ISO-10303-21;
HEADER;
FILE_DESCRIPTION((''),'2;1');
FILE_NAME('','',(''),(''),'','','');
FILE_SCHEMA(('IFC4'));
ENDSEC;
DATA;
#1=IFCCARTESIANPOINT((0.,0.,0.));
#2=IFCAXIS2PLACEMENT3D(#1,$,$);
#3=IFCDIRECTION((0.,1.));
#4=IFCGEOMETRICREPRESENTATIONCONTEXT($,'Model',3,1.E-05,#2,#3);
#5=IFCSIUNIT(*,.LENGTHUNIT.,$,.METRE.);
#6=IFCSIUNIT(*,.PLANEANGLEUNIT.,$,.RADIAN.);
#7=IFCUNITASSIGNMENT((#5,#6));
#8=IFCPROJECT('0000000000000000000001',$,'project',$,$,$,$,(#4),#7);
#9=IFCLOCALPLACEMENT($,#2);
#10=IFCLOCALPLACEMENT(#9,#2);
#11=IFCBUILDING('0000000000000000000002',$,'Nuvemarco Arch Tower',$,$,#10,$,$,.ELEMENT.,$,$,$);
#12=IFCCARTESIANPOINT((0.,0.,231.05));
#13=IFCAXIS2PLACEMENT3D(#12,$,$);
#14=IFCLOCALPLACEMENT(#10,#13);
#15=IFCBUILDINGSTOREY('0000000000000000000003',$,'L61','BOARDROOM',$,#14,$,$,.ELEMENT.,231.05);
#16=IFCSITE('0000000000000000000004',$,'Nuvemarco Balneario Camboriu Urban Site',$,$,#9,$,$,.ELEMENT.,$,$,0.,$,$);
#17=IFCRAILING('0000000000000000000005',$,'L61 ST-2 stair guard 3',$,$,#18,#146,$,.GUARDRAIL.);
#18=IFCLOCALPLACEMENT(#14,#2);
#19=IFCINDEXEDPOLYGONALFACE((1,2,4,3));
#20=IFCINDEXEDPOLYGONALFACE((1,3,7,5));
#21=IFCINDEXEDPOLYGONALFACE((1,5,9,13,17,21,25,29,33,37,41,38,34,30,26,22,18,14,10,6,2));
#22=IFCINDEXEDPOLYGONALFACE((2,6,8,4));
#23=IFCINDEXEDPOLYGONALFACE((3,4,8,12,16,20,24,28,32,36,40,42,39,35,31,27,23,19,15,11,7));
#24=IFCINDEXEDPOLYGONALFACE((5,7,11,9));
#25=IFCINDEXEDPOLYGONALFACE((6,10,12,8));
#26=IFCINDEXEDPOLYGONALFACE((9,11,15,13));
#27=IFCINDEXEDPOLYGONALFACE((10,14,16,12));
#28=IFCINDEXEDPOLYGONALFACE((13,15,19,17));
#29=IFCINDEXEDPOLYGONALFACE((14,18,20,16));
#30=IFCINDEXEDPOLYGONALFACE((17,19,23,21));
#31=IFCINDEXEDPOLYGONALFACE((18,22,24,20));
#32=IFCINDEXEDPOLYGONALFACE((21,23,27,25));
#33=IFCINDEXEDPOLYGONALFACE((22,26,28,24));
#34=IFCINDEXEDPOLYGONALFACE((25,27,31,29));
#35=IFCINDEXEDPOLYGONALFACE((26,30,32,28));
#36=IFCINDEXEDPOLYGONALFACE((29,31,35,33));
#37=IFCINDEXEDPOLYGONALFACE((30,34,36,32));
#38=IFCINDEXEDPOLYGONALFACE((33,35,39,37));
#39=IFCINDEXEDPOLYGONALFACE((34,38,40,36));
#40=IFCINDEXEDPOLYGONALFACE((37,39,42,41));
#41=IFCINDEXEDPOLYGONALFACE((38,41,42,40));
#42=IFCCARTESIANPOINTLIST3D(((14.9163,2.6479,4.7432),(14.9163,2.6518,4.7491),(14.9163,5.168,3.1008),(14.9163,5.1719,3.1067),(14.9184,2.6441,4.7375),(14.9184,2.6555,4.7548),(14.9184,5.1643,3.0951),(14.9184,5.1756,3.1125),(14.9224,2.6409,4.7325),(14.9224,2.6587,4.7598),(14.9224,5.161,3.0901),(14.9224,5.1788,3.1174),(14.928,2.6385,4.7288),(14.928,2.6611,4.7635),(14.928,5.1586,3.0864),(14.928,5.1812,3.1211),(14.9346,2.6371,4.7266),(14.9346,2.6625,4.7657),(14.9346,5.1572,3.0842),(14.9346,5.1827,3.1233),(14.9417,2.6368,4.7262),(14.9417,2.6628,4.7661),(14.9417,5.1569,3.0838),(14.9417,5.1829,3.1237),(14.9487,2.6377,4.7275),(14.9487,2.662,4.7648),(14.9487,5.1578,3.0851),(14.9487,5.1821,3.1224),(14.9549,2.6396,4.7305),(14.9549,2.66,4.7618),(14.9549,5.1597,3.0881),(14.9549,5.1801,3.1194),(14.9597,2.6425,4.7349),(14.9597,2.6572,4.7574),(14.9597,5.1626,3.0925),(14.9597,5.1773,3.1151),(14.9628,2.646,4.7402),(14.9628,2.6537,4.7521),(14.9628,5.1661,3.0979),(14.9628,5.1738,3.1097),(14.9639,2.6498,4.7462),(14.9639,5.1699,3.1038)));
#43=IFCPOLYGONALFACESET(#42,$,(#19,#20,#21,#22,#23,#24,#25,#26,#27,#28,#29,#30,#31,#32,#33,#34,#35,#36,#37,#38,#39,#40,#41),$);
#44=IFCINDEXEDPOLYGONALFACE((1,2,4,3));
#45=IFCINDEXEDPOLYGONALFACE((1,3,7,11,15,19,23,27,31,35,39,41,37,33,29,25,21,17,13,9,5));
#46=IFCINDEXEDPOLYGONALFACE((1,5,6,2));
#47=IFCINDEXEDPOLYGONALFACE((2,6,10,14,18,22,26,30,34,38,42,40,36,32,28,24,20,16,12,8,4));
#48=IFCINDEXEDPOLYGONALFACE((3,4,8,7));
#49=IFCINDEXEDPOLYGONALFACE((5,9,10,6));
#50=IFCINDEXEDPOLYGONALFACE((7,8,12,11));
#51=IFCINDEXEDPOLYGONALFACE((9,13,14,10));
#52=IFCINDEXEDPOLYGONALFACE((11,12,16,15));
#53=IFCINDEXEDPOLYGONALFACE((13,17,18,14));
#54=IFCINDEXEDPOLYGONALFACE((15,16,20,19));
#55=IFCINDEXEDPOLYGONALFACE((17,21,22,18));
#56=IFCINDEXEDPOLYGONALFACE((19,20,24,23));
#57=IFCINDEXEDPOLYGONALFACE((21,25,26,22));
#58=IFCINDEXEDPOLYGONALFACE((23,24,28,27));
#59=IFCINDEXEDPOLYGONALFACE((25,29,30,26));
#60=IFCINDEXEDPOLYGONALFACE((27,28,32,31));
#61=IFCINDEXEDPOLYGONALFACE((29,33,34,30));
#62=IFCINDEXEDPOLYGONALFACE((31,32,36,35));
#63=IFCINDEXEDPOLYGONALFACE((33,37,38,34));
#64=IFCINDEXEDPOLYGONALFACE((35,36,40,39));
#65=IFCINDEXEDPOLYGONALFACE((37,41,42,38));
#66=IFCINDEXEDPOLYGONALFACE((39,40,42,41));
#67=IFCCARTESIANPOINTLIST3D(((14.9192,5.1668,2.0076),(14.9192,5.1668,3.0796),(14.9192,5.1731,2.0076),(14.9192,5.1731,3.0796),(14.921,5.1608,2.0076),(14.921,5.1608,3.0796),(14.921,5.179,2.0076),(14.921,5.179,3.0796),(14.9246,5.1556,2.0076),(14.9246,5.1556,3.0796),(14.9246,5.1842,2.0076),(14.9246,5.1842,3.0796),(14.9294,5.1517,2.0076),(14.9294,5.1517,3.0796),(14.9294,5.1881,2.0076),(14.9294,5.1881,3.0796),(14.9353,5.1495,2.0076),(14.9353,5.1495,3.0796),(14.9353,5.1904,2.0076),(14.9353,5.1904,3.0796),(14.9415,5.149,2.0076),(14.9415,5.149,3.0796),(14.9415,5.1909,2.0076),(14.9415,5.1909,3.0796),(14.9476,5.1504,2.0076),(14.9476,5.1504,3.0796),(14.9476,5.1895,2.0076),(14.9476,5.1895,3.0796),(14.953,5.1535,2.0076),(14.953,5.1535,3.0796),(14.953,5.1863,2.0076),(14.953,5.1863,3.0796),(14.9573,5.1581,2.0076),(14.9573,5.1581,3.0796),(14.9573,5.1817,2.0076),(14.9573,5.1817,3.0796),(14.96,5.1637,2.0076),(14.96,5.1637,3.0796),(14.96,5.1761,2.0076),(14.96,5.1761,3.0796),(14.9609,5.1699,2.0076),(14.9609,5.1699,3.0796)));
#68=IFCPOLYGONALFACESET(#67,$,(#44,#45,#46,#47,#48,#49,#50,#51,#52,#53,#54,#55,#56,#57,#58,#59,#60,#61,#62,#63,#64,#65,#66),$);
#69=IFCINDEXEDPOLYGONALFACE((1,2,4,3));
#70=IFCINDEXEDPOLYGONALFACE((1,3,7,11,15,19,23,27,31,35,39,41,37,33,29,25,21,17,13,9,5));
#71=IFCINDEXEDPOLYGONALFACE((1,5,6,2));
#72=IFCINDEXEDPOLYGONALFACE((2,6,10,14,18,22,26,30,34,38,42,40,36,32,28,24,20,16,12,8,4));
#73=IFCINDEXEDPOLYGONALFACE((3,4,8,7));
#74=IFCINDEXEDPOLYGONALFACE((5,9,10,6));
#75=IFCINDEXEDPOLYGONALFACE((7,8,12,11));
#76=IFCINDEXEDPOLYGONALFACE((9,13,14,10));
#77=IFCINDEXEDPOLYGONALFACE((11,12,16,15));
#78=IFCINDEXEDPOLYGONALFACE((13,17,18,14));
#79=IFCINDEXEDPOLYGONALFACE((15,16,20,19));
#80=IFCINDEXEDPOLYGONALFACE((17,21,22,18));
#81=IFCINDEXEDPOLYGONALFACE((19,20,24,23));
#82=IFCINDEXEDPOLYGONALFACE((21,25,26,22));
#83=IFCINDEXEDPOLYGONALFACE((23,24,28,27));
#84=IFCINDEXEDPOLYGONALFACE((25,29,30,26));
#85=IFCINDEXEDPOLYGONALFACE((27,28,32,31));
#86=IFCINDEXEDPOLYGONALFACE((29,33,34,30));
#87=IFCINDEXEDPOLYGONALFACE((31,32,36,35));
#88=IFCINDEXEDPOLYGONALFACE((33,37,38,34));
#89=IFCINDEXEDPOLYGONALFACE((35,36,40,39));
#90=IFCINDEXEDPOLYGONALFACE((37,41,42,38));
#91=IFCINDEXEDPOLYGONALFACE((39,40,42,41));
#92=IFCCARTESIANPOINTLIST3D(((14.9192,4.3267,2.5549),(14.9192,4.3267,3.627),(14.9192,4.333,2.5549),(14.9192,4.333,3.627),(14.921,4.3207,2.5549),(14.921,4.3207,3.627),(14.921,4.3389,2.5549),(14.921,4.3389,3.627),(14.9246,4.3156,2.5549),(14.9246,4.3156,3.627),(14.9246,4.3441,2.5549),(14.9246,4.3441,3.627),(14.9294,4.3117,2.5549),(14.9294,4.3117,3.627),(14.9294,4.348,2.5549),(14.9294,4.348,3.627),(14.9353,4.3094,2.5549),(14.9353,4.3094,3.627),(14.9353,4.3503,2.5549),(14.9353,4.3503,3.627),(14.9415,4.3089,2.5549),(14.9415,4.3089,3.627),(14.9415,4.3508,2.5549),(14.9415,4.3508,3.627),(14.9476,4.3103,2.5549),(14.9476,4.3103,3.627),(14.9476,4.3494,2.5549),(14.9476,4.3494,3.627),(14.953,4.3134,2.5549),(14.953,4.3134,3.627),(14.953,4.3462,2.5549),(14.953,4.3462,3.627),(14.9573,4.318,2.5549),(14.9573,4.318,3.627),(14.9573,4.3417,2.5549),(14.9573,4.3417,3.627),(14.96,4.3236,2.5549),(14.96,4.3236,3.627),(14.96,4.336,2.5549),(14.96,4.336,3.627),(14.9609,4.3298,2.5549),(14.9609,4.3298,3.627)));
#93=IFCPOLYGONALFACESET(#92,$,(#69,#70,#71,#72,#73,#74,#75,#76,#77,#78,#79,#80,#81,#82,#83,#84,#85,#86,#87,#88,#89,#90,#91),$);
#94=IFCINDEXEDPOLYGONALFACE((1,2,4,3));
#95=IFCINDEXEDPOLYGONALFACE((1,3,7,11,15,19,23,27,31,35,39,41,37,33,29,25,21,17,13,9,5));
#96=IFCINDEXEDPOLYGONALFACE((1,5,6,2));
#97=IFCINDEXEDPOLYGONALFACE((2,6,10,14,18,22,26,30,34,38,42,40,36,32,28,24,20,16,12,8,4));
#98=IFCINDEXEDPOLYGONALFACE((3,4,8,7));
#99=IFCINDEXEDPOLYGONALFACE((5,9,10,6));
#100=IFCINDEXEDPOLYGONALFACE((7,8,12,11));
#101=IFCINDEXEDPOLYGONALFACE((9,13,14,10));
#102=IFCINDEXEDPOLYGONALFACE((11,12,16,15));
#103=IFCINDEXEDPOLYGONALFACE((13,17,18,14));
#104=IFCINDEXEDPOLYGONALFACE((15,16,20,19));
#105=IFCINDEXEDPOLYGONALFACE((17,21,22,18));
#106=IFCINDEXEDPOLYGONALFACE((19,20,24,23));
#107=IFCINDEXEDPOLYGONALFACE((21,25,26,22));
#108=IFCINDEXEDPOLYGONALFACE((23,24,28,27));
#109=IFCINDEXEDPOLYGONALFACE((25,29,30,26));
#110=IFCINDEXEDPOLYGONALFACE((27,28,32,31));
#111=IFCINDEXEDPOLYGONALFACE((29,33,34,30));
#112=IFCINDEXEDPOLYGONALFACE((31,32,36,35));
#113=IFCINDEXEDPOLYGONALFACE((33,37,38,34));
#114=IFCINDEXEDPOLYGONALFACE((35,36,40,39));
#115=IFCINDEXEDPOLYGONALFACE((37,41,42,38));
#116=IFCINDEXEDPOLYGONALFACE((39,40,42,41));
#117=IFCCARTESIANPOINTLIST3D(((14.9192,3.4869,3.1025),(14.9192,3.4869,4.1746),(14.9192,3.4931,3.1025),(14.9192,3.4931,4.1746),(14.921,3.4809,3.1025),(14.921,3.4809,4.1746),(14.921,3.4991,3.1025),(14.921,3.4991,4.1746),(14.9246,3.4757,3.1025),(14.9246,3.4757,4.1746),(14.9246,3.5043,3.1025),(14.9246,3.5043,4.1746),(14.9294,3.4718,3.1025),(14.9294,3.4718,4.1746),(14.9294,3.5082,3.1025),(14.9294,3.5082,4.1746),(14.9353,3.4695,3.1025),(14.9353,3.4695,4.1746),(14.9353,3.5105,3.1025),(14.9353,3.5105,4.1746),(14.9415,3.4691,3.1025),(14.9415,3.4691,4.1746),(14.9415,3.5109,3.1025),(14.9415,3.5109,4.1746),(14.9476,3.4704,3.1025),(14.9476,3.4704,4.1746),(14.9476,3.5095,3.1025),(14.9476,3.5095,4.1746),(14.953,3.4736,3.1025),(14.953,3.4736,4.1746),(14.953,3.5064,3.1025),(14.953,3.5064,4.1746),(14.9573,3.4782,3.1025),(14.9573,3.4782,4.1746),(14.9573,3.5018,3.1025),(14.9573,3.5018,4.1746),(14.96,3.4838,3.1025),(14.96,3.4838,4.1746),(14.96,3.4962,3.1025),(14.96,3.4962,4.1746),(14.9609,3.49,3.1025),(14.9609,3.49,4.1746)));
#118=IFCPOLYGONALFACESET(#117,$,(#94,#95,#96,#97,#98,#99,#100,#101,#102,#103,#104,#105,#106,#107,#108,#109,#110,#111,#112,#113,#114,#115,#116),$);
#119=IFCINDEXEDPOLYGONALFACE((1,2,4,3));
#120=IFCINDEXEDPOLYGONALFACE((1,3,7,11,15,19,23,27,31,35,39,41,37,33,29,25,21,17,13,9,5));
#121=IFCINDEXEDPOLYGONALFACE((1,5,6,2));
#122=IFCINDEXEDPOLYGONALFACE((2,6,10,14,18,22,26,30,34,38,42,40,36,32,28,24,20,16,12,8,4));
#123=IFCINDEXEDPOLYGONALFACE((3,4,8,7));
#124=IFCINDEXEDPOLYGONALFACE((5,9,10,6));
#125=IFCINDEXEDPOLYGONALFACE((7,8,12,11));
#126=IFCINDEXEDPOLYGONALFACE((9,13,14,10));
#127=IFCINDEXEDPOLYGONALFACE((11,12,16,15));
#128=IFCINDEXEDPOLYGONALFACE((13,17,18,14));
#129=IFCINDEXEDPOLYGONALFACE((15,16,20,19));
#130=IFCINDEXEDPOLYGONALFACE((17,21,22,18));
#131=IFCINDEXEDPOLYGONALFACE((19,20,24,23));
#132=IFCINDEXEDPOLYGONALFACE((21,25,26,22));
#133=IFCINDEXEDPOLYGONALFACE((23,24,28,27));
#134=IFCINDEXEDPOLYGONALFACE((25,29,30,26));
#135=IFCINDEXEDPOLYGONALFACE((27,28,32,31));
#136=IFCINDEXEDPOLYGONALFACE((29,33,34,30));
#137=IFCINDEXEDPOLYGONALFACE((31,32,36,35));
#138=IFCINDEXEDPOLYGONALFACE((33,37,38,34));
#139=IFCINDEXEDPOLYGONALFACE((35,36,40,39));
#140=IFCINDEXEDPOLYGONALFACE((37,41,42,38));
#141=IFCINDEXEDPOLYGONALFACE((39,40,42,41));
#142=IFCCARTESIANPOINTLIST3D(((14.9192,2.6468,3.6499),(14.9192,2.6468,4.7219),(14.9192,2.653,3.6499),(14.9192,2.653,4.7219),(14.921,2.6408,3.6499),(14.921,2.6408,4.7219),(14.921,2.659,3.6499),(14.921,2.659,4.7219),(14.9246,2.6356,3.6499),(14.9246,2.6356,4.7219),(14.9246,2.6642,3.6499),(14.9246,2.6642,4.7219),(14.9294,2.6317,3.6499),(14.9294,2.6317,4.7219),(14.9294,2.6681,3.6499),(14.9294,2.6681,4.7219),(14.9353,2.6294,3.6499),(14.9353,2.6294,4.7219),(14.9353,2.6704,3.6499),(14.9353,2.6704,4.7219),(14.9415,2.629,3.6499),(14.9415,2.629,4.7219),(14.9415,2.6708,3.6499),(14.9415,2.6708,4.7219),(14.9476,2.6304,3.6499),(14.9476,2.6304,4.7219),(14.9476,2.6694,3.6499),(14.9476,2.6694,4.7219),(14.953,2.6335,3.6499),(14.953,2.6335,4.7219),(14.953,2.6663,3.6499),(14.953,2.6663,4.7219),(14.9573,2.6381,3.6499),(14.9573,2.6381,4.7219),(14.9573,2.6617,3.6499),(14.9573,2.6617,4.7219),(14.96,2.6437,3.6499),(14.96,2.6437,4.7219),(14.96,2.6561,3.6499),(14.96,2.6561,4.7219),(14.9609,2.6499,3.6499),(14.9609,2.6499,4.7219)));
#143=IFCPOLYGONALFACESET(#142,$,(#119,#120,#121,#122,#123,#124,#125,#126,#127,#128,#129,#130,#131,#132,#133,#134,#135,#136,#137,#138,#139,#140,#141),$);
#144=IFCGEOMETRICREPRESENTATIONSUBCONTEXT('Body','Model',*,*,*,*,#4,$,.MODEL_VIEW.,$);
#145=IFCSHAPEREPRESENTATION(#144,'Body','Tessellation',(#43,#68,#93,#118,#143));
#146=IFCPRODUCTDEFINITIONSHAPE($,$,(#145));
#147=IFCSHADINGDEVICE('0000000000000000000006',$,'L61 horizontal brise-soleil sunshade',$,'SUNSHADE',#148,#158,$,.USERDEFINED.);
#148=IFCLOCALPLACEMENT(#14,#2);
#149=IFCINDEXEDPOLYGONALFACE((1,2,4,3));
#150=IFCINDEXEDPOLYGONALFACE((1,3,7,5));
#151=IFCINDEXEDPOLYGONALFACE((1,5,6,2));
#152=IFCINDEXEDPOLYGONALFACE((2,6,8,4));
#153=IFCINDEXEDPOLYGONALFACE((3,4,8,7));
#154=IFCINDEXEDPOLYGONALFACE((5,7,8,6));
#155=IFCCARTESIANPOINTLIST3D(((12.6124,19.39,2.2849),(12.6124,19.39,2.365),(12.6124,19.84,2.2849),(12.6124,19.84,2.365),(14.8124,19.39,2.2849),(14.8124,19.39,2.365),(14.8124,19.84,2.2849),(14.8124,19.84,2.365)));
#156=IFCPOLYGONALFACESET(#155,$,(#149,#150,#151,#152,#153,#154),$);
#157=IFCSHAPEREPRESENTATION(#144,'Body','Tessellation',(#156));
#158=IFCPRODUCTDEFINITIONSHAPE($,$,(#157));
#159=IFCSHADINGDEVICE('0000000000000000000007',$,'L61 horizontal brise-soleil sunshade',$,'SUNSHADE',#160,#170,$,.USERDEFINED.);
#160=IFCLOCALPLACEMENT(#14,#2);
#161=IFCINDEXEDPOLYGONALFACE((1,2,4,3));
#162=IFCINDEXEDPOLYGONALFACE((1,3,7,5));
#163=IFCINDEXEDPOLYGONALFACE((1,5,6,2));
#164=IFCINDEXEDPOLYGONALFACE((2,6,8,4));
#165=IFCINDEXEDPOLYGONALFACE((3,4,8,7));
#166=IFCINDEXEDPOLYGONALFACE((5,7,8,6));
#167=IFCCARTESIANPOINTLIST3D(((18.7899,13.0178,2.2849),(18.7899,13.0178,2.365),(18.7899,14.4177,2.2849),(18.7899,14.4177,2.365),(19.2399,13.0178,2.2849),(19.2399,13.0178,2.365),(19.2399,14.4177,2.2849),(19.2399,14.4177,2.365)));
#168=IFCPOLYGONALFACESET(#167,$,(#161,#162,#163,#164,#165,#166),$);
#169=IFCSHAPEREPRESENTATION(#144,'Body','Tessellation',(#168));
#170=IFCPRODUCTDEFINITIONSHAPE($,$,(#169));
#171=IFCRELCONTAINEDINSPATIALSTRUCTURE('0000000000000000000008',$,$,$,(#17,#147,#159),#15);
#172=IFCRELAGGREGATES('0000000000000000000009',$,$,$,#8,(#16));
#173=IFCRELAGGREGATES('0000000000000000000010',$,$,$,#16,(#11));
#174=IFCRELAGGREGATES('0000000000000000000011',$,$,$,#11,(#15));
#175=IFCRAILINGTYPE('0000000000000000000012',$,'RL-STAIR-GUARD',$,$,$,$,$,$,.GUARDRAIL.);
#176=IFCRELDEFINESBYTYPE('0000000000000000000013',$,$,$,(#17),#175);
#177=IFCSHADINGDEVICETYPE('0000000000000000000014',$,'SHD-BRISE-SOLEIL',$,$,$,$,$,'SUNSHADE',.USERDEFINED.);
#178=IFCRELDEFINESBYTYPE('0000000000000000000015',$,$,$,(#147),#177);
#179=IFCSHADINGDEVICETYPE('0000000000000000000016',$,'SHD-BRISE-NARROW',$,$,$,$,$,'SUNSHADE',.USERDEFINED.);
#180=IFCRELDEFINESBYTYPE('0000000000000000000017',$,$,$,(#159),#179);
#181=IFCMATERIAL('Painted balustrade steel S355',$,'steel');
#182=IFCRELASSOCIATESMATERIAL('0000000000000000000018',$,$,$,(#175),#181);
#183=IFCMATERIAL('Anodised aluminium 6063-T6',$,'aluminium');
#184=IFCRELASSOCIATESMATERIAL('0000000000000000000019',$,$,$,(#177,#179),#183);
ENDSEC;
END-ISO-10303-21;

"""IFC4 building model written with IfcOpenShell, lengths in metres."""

from ifc_helpers import new_model, si_unit, direction, frame, origin, origin_2d, place, context, subcontext, project, spatial, rectangle, circle, extrude, source, transform, mapped, material, type_object, type_shapes, element, save


model = new_model("IFC4")

# Units and contexts
model_context = context("Model", 3, precision=1e-05, world=origin(), true_north=direction((0.0, 1.0)))
body_context = subcontext(model_context, "Body", "Model", "MODEL_VIEW")
ifc_project = project(units=[si_unit("LENGTHUNIT", "METRE"), si_unit("PLANEANGLEUNIT", "RADIAN")], contexts=[model_context])

# Site, building, storey
site_placement = place(None, origin())
site = spatial("IfcSite", under=ifc_project, at=site_placement, Name="Nuvemarco Balneario Camboriu Urban Site", CompositionType="ELEMENT", RefElevation=0.0)
building_placement = place(site_placement, origin())
building = spatial("IfcBuilding", under=site, at=building_placement, Name="Nuvemarco Arch Tower", CompositionType="ELEMENT")
storey_placement = place(building_placement, frame((0.0, 0.0, 231.05)))
storey = spatial("IfcBuildingStorey", under=building, at=storey_placement, Name="L61", Description="BOARDROOM", CompositionType="ELEMENT", Elevation=231.05)

# Railing
ifc_material_1 = material(Name="Painted balustrade steel S355", Category="steel")
railing_type = type_object("IfcRailingType", Name="RL-STAIR-GUARD", PredefinedType="GUARDRAIL", material=ifc_material_1)
railing_1_placement = place(storey_placement, frame((14.9399, 5.1699, 2.0076)))
element("IfcRailing", 1, at=railing_1_placement, inside=storey, type_object=railing_type, Name="L61 ST-2 stair guard 3", PredefinedType="GUARDRAIL", context=body_context, shape_type="SweptSolid", body=[
    extrude(circle(Radius=0.0239, at=origin_2d()), frame((0.0, 0.0, 1.0962), z_axis=(0.0, -0.837787, 0.545998), x_axis=(1.0, 0.0, 0.0)), (0.0, 0.0, 1.0), 3.0081),
    extrude(circle(Radius=0.021, at=origin_2d()), origin(), (0.0, 0.0, 1.0), 1.072),
    extrude(circle(Radius=0.021, at=origin_2d()), frame((0.0, -0.8401, 0.5474)), (0.0, 0.0, 1.0), 1.072),
    extrude(circle(Radius=0.021, at=origin_2d()), frame((0.0, -1.6799, 1.095)), (0.0, 0.0, 1.0), 1.072),
    extrude(circle(Radius=0.021, at=origin_2d()), frame((0.0, -2.52, 1.6423)), (0.0, 0.0, 1.0), 1.072),
])

# Shading devices
ifc_material_2 = material(Name="Anodised aluminium 6063-T6", Category="aluminium")
shading_device_type_1 = type_object("IfcShadingDeviceType", Name="SHD-BRISE-SOLEIL", ElementType="SUNSHADE", PredefinedType="USERDEFINED", material=ifc_material_2)
shared_shape_1 = source(origin(), body_context, "Body", "SweptSolid", [
    extrude(rectangle(XDim=2.2, YDim=0.45, at=origin_2d()), origin(), (0.0, 0.0, 1.0), 0.0801),
])
type_shapes(shading_device_type_1, [shared_shape_1])
shading_device_1_placement = place(storey_placement, frame((13.7124, 19.615, 2.2849), z_axis=(0.0, 0.0, 1.0), x_axis=(1.0, 0.0, 0.0)))
element("IfcShadingDevice", 2, at=shading_device_1_placement, inside=storey, type_object=shading_device_type_1, Name="L61 horizontal brise-soleil sunshade", ObjectType="SUNSHADE", PredefinedType="USERDEFINED", context=body_context, shape_type="MappedRepresentation", body=[
    mapped(shared_shape_1, transform((0.0, 0.0, 0.0), scale=1.0)),
])
shading_device_type_2 = type_object("IfcShadingDeviceType", Name="SHD-BRISE-NARROW", ElementType="SUNSHADE", PredefinedType="USERDEFINED", material=ifc_material_2)
shared_shape_2 = source(origin(), body_context, "Body", "SweptSolid", [
    extrude(rectangle(XDim=1.3999, YDim=0.45, at=origin_2d()), origin(), (0.0, 0.0, 1.0), 0.0801),
])
type_shapes(shading_device_type_2, [shared_shape_2])
shading_device_2_placement = place(storey_placement, frame((19.0149, 13.7178, 2.2849), z_axis=(0.0, 0.0, 1.0), x_axis=(0.0, 1.0, 0.0)))
element("IfcShadingDevice", 3, at=shading_device_2_placement, inside=storey, type_object=shading_device_type_2, Name="L61 horizontal brise-soleil sunshade", ObjectType="SUNSHADE", PredefinedType="USERDEFINED", context=body_context, shape_type="MappedRepresentation", body=[
    mapped(shared_shape_2, transform((0.0, 0.0, 0.0), scale=1.0)),
])

save(model, "model.ifc")
